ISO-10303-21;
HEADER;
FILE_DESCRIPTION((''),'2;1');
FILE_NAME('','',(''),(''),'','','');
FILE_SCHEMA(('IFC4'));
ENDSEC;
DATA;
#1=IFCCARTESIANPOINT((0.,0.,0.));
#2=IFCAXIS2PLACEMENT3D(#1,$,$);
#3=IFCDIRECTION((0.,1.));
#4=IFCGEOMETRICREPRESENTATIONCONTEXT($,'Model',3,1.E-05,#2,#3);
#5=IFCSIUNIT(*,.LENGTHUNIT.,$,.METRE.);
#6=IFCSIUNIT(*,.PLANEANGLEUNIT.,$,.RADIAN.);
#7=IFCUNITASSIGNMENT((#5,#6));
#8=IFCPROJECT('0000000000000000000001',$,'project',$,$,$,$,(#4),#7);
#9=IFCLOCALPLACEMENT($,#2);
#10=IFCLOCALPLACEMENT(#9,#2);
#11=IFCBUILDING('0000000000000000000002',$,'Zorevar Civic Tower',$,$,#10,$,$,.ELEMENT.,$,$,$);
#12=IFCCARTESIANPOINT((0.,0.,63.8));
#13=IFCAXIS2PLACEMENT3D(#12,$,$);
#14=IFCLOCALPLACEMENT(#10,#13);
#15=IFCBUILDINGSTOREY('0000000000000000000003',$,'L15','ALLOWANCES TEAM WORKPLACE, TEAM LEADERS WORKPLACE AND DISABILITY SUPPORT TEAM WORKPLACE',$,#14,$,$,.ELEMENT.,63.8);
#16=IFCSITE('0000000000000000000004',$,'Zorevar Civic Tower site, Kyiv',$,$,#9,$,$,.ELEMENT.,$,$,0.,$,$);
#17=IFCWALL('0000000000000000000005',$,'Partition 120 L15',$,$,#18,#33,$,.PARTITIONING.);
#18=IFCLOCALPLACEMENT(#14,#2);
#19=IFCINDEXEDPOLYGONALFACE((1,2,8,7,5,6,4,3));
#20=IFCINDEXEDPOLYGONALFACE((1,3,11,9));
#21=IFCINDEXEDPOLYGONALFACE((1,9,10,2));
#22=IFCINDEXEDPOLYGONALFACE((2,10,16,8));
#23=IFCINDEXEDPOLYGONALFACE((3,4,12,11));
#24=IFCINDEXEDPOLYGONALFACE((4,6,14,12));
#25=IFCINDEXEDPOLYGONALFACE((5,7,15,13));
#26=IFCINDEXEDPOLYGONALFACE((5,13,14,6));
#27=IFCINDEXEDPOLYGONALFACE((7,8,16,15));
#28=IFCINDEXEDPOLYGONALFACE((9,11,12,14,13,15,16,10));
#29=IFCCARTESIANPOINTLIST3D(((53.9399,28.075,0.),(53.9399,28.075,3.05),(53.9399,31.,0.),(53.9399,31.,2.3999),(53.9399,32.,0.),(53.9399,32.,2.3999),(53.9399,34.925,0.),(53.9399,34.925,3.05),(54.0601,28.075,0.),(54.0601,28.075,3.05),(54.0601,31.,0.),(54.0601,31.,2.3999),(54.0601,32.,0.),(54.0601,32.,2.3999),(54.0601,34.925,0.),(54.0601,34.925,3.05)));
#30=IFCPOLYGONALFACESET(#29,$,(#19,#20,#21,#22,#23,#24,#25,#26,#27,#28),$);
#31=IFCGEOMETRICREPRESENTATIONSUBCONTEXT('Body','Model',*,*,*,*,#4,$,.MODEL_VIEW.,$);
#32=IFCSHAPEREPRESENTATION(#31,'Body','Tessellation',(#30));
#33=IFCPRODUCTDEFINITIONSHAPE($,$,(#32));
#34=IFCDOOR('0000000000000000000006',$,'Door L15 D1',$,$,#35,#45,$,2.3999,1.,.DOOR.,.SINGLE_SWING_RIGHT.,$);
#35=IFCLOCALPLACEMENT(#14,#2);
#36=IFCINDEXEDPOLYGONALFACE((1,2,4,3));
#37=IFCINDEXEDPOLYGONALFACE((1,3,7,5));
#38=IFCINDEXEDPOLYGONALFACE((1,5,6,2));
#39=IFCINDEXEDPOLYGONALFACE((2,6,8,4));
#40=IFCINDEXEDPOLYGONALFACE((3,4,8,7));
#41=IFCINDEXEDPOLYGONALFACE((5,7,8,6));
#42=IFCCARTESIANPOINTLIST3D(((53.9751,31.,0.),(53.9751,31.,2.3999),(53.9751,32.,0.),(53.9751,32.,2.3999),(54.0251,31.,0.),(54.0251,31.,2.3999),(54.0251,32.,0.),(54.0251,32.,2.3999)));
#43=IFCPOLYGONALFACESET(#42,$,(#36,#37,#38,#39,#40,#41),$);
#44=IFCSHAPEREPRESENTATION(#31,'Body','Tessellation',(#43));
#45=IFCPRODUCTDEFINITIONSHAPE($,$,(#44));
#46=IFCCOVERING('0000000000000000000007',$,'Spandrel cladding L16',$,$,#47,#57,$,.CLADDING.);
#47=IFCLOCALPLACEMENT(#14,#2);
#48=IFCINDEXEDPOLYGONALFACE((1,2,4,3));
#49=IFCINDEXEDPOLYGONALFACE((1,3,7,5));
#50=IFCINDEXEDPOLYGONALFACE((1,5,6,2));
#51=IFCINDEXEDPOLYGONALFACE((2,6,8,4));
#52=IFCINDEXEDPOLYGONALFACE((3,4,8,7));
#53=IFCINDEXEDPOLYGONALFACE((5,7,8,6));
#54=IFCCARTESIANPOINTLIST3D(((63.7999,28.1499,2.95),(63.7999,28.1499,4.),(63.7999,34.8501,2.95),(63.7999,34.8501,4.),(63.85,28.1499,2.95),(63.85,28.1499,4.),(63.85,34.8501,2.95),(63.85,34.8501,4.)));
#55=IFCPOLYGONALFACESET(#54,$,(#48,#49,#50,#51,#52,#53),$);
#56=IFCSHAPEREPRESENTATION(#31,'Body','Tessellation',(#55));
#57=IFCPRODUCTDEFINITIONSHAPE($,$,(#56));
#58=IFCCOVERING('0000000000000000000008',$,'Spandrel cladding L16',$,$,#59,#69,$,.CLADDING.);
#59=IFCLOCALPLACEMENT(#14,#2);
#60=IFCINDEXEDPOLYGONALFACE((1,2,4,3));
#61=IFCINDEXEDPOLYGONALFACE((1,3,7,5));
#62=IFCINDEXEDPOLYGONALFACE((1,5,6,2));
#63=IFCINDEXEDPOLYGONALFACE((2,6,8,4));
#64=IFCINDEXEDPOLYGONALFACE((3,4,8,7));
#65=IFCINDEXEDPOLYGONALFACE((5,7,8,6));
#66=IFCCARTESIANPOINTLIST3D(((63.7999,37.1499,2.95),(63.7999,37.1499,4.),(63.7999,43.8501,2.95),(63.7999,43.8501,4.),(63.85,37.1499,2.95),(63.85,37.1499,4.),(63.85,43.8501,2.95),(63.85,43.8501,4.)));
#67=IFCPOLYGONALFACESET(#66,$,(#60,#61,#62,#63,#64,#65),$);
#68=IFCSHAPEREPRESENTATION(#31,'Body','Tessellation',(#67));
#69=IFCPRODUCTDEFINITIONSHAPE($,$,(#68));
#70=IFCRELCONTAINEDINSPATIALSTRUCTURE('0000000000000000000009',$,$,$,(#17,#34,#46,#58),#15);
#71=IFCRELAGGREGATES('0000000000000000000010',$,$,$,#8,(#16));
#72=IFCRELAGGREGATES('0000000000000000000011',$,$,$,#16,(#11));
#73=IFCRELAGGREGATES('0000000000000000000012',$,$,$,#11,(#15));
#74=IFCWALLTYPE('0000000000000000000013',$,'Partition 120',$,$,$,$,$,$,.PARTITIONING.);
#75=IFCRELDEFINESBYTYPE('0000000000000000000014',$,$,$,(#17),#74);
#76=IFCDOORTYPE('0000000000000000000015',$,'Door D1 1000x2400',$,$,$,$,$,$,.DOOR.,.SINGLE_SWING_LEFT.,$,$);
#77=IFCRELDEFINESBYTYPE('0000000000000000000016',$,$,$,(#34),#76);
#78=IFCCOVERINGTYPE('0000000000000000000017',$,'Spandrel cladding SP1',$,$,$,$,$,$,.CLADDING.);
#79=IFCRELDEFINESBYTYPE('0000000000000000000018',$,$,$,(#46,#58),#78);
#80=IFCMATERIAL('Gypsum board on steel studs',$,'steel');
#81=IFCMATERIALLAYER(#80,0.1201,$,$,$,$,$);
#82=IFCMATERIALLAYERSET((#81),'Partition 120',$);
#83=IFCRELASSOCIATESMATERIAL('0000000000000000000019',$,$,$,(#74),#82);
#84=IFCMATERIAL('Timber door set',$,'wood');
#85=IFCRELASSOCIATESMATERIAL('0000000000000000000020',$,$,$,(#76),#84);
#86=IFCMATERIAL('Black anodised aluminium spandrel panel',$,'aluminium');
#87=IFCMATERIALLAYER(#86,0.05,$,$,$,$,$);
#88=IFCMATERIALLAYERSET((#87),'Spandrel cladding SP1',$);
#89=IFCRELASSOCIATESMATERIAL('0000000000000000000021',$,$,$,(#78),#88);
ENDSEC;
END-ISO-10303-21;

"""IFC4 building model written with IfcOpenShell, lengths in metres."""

from ifc_helpers import new_model, si_unit, direction, frame, frame_2d, origin, place, context, subcontext, project, spatial, rectangle, extrude, material, layer, layer_set, type_object, element, fill, save


model = new_model("IFC4")

# Units and contexts
model_context = context("Model", 3, precision=1e-05, world=origin(), true_north=direction((0.0, 1.0)))
body_context = subcontext(model_context, "Body", "Model", "MODEL_VIEW")
ifc_project = project(units=[si_unit("LENGTHUNIT", "METRE"), si_unit("PLANEANGLEUNIT", "RADIAN")], contexts=[model_context])

# Site, building, storey
site_placement = place(None, origin())
site = spatial("IfcSite", under=ifc_project, at=site_placement, Name="Zorevar Civic Tower site, Kyiv", CompositionType="ELEMENT", RefElevation=0.0)
building_placement = place(site_placement, origin())
building = spatial("IfcBuilding", under=site, at=building_placement, Name="Zorevar Civic Tower", CompositionType="ELEMENT")
storey_placement = place(building_placement, frame((0.0, 0.0, 63.8)))
storey = spatial("IfcBuildingStorey", under=building, at=storey_placement, Name="L15", Description="ALLOWANCES TEAM WORKPLACE, TEAM LEADERS WORKPLACE AND DISABILITY SUPPORT TEAM WORKPLACE", CompositionType="ELEMENT", Elevation=63.8)

# Shared definitions
ifc_material_1 = material(Name="Gypsum board on steel studs", Category="steel")
ifc_layer_1 = layer(ifc_material_1, 0.1201)
ifc_layer_set_1 = layer_set([ifc_layer_1], Name="Partition 120")
wall_type_1 = type_object("IfcWallType", Name="Partition 120", PredefinedType="PARTITIONING", material=ifc_layer_set_1)

# Wall, opening, door
wall_1_placement = place(storey_placement, frame((54.0, 28.075, 0.0), z_axis=(0.0, 0.0, 1.0), x_axis=(0.0, 1.0, 0.0)))
wall_1 = element("IfcWall", 1, at=wall_1_placement, inside=storey, type_object=wall_type_1, Name="Partition 120 L15", PredefinedType="PARTITIONING", context=body_context, shape_type="SweptSolid", body=[
    extrude(rectangle(XDim=6.8501, YDim=0.1201, at=frame_2d((3.425, 0.0))), origin(), (0.0, 0.0, 1.0), 3.05),
])
opening_placement = place(wall_1_placement, frame((2.925, 0.0, 0.0)))
opening = element("IfcOpeningElement", 2, at=opening_placement, cuts=wall_1, PredefinedType="OPENING", context=body_context, shape_type="SweptSolid", body=[
    extrude(rectangle(XDim=1.0, YDim=2.3999, at=frame_2d((0.5, 1.2))), frame((0.0, 0.0701, 0.0), z_axis=(0.0, -1.0, 0.0), x_axis=(1.0, 0.0, 0.0)), (0.0, 0.0, 1.0), 0.1401),
])
ifc_material_2 = material(Name="Timber door set", Category="wood")
door_type = type_object("IfcDoorType", Name="Door D1 1000x2400", OperationType="SINGLE_SWING_LEFT", PredefinedType="DOOR", material=ifc_material_2)
door_placement = place(opening_placement, origin())
door = element("IfcDoor", 3, at=door_placement, inside=storey, type_object=door_type, Name="Door L15 D1", OperationType="SINGLE_SWING_RIGHT", OverallHeight=2.3999, OverallWidth=1.0, PredefinedType="DOOR", context=body_context, shape_type="SweptSolid", body=[
    extrude(rectangle(XDim=1.0, YDim=2.3999, at=frame_2d((0.5, 1.2))), frame((0.0, 0.0249, 0.0), z_axis=(0.0, -1.0, 0.0), x_axis=(1.0, 0.0, 0.0)), (0.0, 0.0, 1.0), 0.05),
])
fill(opening, door)

# Coverings
ifc_material_3 = material(Name="Black anodised aluminium spandrel panel", Category="aluminium")
ifc_layer_2 = layer(ifc_material_3, 0.05)
ifc_layer_set_2 = layer_set([ifc_layer_2], Name="Spandrel cladding SP1")
covering_type = type_object("IfcCoveringType", Name="Spandrel cladding SP1", PredefinedType="CLADDING", material=ifc_layer_set_2)
for number, where, z_axis, x_axis, name in (
    (4, (63.825, 28.1499, 2.95), (0.0, 0.0, 1.0), (0.0, 1.0, 0.0), "Spandrel cladding L16"),
    (5, (63.825, 37.1499, 2.95), (0.0, 0.0, 1.0), (0.0, 1.0, 0.0), "Spandrel cladding L16"),
):
    element("IfcCovering", number, at=place(storey_placement, frame(where, z_axis=z_axis, x_axis=x_axis)), inside=storey, type_object=covering_type, Name=name, PredefinedType="CLADDING", context=body_context, shape_type="SweptSolid", body=[
        extrude(rectangle(XDim=6.7002, YDim=0.05, at=frame_2d((3.3501, 0.0))), origin(), (0.0, 0.0, 1.0), 1.05),
    ])

save(model, "model.ifc")
